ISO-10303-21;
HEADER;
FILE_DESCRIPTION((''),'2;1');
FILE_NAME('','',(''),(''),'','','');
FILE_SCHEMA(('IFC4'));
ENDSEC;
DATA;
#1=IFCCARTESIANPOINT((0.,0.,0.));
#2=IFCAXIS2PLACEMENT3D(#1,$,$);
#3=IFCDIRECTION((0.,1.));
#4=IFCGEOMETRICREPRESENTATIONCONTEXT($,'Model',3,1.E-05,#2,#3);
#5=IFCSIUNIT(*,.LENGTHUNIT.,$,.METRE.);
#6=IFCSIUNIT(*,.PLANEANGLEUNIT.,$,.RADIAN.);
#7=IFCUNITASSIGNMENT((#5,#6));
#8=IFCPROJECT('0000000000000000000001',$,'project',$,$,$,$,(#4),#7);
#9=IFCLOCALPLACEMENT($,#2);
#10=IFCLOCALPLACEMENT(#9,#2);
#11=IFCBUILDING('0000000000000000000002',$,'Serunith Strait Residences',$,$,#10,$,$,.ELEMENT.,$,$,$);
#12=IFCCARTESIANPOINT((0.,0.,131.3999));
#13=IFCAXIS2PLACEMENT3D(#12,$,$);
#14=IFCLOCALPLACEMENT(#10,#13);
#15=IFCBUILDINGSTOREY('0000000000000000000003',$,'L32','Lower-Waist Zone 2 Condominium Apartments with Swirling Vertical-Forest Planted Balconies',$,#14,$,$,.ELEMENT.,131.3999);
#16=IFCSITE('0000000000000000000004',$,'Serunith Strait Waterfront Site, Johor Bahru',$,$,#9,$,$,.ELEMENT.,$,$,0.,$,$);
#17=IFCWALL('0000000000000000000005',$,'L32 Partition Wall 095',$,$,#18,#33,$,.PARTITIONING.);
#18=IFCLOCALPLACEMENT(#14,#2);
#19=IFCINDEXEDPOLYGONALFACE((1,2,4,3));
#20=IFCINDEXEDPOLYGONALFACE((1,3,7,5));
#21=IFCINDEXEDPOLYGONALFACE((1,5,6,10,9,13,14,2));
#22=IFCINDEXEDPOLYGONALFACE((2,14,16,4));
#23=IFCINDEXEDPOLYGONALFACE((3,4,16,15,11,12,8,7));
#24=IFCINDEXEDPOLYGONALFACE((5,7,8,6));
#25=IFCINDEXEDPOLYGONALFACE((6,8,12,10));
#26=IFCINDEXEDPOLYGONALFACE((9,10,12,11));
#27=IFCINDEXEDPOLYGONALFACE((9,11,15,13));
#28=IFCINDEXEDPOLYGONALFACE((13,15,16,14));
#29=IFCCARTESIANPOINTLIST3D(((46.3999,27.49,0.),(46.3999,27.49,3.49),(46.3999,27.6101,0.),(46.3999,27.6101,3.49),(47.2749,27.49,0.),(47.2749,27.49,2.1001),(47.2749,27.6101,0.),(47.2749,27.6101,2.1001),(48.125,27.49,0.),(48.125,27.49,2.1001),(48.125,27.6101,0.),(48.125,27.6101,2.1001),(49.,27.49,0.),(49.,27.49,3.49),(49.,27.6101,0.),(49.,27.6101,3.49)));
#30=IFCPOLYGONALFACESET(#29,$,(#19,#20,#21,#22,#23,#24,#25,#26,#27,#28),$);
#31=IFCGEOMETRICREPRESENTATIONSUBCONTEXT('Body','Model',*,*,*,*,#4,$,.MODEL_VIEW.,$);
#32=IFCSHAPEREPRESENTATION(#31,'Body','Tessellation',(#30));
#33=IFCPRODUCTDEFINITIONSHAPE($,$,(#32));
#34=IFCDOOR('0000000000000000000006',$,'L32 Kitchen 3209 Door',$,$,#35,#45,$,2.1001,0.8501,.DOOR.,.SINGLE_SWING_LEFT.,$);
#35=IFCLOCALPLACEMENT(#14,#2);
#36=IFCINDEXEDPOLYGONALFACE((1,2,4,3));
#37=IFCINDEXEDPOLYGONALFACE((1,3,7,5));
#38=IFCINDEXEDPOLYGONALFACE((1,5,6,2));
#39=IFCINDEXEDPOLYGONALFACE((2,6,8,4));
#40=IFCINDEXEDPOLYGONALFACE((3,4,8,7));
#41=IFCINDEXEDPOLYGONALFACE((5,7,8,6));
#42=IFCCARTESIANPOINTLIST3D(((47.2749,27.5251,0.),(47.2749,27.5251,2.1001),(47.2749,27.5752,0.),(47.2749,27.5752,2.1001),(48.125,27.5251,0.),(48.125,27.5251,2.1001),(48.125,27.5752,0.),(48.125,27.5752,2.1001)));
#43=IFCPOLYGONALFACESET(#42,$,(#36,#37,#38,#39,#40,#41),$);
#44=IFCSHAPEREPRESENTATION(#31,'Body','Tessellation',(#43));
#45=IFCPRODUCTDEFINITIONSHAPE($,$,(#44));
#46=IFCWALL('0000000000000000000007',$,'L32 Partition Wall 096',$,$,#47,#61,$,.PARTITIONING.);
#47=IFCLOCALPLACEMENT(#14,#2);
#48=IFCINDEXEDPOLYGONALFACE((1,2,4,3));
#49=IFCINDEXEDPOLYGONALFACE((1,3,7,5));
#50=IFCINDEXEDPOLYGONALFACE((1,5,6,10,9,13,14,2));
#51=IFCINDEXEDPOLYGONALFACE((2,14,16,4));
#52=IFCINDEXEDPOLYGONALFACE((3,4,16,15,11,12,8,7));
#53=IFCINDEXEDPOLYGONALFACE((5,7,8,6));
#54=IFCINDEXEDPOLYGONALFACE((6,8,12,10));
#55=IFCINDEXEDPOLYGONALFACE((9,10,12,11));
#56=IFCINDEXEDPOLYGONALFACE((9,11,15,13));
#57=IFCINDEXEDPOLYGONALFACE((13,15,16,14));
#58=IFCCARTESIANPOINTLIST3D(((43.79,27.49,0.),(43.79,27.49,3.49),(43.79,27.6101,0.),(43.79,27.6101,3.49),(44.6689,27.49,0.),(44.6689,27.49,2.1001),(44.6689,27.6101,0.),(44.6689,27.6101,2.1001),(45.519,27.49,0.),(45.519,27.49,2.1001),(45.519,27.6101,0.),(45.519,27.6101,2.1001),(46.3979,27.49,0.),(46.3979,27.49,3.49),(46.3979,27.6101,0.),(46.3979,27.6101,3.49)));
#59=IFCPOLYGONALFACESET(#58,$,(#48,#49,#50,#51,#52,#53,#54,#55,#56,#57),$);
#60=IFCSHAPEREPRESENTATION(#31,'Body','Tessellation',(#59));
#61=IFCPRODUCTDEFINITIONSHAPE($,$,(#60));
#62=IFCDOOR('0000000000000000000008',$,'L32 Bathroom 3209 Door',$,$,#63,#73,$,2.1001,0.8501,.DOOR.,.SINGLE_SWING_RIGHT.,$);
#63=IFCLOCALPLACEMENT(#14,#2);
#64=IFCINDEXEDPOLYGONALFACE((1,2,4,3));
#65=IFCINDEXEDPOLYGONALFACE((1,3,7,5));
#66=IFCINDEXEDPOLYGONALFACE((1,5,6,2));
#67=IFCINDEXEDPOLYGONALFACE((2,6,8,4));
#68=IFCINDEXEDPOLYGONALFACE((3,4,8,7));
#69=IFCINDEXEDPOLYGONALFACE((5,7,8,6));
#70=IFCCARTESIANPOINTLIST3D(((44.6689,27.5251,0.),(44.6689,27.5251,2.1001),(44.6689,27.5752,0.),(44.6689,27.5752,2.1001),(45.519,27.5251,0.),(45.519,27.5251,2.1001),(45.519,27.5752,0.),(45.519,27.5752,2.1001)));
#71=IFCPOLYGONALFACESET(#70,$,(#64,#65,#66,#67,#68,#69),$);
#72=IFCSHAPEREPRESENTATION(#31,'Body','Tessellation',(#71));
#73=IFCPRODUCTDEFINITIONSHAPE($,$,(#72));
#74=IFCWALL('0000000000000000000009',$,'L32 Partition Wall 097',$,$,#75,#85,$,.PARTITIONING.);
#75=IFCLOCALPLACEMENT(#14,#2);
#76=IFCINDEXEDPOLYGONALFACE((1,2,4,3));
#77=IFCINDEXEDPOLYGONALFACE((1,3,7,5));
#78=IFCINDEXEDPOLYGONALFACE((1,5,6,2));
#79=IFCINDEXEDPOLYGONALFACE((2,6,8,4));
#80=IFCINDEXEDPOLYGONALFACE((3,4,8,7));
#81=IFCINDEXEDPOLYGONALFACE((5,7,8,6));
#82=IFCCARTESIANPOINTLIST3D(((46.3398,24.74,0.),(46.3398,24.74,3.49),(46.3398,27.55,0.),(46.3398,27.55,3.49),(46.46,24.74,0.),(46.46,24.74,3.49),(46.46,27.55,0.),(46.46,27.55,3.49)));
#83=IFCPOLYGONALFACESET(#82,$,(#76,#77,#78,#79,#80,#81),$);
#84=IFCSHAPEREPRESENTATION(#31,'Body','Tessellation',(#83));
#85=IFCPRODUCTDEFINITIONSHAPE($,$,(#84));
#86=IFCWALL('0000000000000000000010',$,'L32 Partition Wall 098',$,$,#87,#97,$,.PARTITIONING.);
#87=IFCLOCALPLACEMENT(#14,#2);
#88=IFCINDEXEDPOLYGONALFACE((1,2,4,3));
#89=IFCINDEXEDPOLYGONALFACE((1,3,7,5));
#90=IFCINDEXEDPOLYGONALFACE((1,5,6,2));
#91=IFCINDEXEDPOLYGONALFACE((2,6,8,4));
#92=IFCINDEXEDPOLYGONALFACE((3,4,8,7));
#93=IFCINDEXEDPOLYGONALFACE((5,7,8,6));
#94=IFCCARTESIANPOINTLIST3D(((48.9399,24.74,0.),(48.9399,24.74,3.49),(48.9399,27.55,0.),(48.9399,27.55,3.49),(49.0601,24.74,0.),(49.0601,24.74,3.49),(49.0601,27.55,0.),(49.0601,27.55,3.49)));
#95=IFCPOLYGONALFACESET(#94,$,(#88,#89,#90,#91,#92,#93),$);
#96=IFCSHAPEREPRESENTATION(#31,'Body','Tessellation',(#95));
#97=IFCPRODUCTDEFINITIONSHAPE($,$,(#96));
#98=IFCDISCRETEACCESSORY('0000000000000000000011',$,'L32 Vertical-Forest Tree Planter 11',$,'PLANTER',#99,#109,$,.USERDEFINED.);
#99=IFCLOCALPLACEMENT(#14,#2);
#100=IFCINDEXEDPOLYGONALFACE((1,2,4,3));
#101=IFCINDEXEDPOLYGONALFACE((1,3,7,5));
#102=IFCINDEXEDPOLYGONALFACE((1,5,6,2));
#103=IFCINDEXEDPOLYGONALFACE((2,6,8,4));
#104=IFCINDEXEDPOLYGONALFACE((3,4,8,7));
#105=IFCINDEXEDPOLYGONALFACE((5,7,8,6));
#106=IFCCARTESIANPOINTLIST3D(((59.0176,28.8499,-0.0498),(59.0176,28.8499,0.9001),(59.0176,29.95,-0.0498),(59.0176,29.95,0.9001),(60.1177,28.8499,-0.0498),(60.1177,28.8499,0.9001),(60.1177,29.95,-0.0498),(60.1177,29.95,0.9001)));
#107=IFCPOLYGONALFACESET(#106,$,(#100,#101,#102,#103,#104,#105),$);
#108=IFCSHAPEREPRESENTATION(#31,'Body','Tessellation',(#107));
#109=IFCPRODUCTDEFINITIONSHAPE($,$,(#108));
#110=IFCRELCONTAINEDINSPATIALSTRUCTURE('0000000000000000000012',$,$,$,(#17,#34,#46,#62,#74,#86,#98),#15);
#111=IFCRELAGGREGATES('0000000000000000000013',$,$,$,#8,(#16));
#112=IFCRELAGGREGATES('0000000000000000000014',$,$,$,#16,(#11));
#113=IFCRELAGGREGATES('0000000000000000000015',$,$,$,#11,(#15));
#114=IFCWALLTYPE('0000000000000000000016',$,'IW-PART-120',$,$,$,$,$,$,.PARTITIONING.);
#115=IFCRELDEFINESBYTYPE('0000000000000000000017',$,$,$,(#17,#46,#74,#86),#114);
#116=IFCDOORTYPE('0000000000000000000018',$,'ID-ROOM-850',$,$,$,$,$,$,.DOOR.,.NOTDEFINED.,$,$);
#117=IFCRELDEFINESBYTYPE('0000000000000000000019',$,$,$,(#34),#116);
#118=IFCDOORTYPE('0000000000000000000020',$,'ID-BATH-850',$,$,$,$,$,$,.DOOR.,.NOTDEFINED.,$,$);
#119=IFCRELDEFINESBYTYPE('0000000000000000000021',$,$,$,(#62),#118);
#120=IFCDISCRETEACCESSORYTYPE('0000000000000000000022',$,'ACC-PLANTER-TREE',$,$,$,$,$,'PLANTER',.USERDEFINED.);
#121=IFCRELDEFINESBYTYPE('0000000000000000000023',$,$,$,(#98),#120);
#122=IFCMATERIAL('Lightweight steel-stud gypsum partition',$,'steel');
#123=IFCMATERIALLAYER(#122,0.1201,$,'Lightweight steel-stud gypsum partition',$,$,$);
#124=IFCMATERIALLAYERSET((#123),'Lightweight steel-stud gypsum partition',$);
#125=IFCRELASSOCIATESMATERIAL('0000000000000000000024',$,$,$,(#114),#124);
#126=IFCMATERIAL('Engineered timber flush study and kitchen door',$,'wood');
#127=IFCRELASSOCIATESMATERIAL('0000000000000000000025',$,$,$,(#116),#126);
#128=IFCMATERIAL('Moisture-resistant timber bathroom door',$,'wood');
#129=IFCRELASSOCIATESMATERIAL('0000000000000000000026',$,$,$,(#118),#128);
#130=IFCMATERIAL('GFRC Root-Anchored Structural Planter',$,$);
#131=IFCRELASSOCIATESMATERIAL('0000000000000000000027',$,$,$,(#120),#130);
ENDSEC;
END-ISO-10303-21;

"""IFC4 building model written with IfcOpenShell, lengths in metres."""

from ifc_helpers import new_model, si_unit, direction, frame, frame_2d, origin, origin_2d, place, context, subcontext, project, spatial, rectangle, extrude, source, transform, mapped, material, layer, layer_set, type_object, element, fill, save


model = new_model("IFC4")

# Units and contexts
model_context = context("Model", 3, precision=1e-05, world=origin(), true_north=direction((0.0, 1.0)))
body_context = subcontext(model_context, "Body", "Model", "MODEL_VIEW")
ifc_project = project(units=[si_unit("LENGTHUNIT", "METRE"), si_unit("PLANEANGLEUNIT", "RADIAN")], contexts=[model_context])

# Site, building, storey
site_placement = place(None, origin())
site = spatial("IfcSite", under=ifc_project, at=site_placement, Name="Serunith Strait Waterfront Site, Johor Bahru", CompositionType="ELEMENT", RefElevation=0.0)
building_placement = place(site_placement, origin())
building = spatial("IfcBuilding", under=site, at=building_placement, Name="Serunith Strait Residences", CompositionType="ELEMENT")
storey_placement = place(building_placement, frame((0.0, 0.0, 131.3999)))
storey = spatial("IfcBuildingStorey", under=building, at=storey_placement, Name="L32", Description="Lower-Waist Zone 2 Condominium Apartments with Swirling Vertical-Forest Planted Balconies", CompositionType="ELEMENT", Elevation=131.3999)

# Shared definitions
ifc_material_1 = material(Name="Lightweight steel-stud gypsum partition", Category="steel")
ifc_layer_1 = layer(ifc_material_1, 0.1201, Name="Lightweight steel-stud gypsum partition")
ifc_layer_set_1 = layer_set([ifc_layer_1], Name="Lightweight steel-stud gypsum partition")
wall_type_1 = type_object("IfcWallType", Name="IW-PART-120", PredefinedType="PARTITIONING", material=ifc_layer_set_1)
ifc_material_2 = material(Name="Engineered timber flush study and kitchen door", Category="wood")
door_type_1 = type_object("IfcDoorType", Name="ID-ROOM-850", OperationType="NOTDEFINED", PredefinedType="DOOR", material=ifc_material_2)
shared_shape_1 = source(origin(), body_context, "Body", "SweptSolid", [
    extrude(rectangle(XDim=0.8501, YDim=2.1001, at=frame_2d((0.425, 1.05))), frame((0.0, 0.0249, 0.0), z_axis=(0.0, -1.0, 0.0), x_axis=(1.0, 0.0, 0.0)), (0.0, 0.0, 1.0), 0.05),
])

# Walls, openings, doors
wall_1_placement = place(storey_placement, frame((49.0, 27.55, 0.0), z_axis=(0.0, 0.0, 1.0), x_axis=(-1.0, 0.0, 0.0)))
wall_1 = element("IfcWall", 1, at=wall_1_placement, inside=storey, type_object=wall_type_1, Name="L32 Partition Wall 095", PredefinedType="PARTITIONING", context=body_context, shape_type="SweptSolid", body=[
    extrude(rectangle(XDim=2.6001, YDim=0.1201, at=frame_2d((1.3, 0.0))), origin(), (0.0, 0.0, 1.0), 3.49),
])
opening_1_placement = place(wall_1_placement, frame((0.875, 0.0, 0.0)))
opening_1 = element("IfcOpeningElement", 2, at=opening_1_placement, cuts=wall_1, PredefinedType="OPENING", context=body_context, shape_type="SweptSolid", body=[
    extrude(rectangle(XDim=0.8501, YDim=2.1001, at=frame_2d((0.425, 1.05))), frame((0.0, 0.0701, 0.0), z_axis=(0.0, -1.0, 0.0), x_axis=(1.0, 0.0, 0.0)), (0.0, 0.0, 1.0), 0.1401),
])
door_1_placement = place(opening_1_placement, origin())
door_1 = element("IfcDoor", 3, at=door_1_placement, inside=storey, type_object=door_type_1, Name="L32 Kitchen 3209 Door", OperationType="SINGLE_SWING_LEFT", OverallHeight=2.1001, OverallWidth=0.8501, PredefinedType="DOOR", context=body_context, shape_type="MappedRepresentation", body=[
    mapped(shared_shape_1, transform((0.0, 0.0, 0.0), scale=1.0)),
])
fill(opening_1, door_1)
wall_2_placement = place(storey_placement, frame((46.3979, 27.55, 0.0), z_axis=(0.0, 0.0, 1.0), x_axis=(-1.0, 0.0, 0.0)))
wall_2 = element("IfcWall", 4, at=wall_2_placement, inside=storey, type_object=wall_type_1, Name="L32 Partition Wall 096", PredefinedType="PARTITIONING", context=body_context, shape_type="SweptSolid", body=[
    extrude(rectangle(XDim=2.6079, YDim=0.1201, at=frame_2d((1.304, 0.0))), origin(), (0.0, 0.0, 1.0), 3.49),
])
opening_2_placement = place(wall_2_placement, frame((0.8789, 0.0, 0.0)))
opening_2 = element("IfcOpeningElement", 5, at=opening_2_placement, cuts=wall_2, PredefinedType="OPENING", context=body_context, shape_type="SweptSolid", body=[
    extrude(rectangle(XDim=0.8501, YDim=2.1001, at=frame_2d((0.425, 1.05))), frame((0.0, 0.0701, 0.0), z_axis=(0.0, -1.0, 0.0), x_axis=(1.0, 0.0, 0.0)), (0.0, 0.0, 1.0), 0.1401),
])
ifc_material_3 = material(Name="Moisture-resistant timber bathroom door", Category="wood")
door_type_2 = type_object("IfcDoorType", Name="ID-BATH-850", OperationType="NOTDEFINED", PredefinedType="DOOR", material=ifc_material_3)
door_2_placement = place(opening_2_placement, origin())
door_2 = element("IfcDoor", 6, at=door_2_placement, inside=storey, type_object=door_type_2, Name="L32 Bathroom 3209 Door", OperationType="SINGLE_SWING_RIGHT", OverallHeight=2.1001, OverallWidth=0.8501, PredefinedType="DOOR", context=body_context, shape_type="MappedRepresentation", body=[
    mapped(shared_shape_1, transform((0.0, 0.0, 0.0), scale=1.0)),
])
fill(opening_2, door_2)

# Walls
for number, where, z_axis, x_axis, name in (
    (7, (46.3999, 24.74, 0.0), (0.0, 0.0, 1.0), (0.0, 1.0, 0.0), "L32 Partition Wall 097"),
    (8, (49.0, 24.74, 0.0), (0.0, 0.0, 1.0), (0.0, 1.0, 0.0), "L32 Partition Wall 098"),
):
    element("IfcWall", number, at=place(storey_placement, frame(where, z_axis=z_axis, x_axis=x_axis)), inside=storey, type_object=wall_type_1, Name=name, PredefinedType="PARTITIONING", context=body_context, shape_type="SweptSolid", body=[
        extrude(rectangle(XDim=2.8101, YDim=0.1201, at=frame_2d((1.405, 0.0))), origin(), (0.0, 0.0, 1.0), 3.49),
    ])

# Discrete accessory
ifc_material_4 = material(Name="GFRC Root-Anchored Structural Planter")
discrete_accessory_type = type_object("IfcDiscreteAccessoryType", Name="ACC-PLANTER-TREE", ElementType="PLANTER", PredefinedType="USERDEFINED", material=ifc_material_4)
shared_shape_2 = source(origin(), body_context, "Body", "SweptSolid", [
    extrude(rectangle(XDim=1.1001, YDim=1.1001, at=origin_2d()), origin(), (0.0, 0.0, 1.0), 0.95),
])
discrete_accessory_placement = place(storey_placement, frame((59.5676, 29.3999, -0.0498), z_axis=(0.0, 0.0, 1.0), x_axis=(0.0, 1.0, 0.0)))
element("IfcDiscreteAccessory", 9, at=discrete_accessory_placement, inside=storey, type_object=discrete_accessory_type, Name="L32 Vertical-Forest Tree Planter 11", ObjectType="PLANTER", PredefinedType="USERDEFINED", context=body_context, shape_type="MappedRepresentation", body=[
    mapped(shared_shape_2, transform((0.0, 0.0, 0.0), scale=1.0)),
])

save(model, "model.ifc")
